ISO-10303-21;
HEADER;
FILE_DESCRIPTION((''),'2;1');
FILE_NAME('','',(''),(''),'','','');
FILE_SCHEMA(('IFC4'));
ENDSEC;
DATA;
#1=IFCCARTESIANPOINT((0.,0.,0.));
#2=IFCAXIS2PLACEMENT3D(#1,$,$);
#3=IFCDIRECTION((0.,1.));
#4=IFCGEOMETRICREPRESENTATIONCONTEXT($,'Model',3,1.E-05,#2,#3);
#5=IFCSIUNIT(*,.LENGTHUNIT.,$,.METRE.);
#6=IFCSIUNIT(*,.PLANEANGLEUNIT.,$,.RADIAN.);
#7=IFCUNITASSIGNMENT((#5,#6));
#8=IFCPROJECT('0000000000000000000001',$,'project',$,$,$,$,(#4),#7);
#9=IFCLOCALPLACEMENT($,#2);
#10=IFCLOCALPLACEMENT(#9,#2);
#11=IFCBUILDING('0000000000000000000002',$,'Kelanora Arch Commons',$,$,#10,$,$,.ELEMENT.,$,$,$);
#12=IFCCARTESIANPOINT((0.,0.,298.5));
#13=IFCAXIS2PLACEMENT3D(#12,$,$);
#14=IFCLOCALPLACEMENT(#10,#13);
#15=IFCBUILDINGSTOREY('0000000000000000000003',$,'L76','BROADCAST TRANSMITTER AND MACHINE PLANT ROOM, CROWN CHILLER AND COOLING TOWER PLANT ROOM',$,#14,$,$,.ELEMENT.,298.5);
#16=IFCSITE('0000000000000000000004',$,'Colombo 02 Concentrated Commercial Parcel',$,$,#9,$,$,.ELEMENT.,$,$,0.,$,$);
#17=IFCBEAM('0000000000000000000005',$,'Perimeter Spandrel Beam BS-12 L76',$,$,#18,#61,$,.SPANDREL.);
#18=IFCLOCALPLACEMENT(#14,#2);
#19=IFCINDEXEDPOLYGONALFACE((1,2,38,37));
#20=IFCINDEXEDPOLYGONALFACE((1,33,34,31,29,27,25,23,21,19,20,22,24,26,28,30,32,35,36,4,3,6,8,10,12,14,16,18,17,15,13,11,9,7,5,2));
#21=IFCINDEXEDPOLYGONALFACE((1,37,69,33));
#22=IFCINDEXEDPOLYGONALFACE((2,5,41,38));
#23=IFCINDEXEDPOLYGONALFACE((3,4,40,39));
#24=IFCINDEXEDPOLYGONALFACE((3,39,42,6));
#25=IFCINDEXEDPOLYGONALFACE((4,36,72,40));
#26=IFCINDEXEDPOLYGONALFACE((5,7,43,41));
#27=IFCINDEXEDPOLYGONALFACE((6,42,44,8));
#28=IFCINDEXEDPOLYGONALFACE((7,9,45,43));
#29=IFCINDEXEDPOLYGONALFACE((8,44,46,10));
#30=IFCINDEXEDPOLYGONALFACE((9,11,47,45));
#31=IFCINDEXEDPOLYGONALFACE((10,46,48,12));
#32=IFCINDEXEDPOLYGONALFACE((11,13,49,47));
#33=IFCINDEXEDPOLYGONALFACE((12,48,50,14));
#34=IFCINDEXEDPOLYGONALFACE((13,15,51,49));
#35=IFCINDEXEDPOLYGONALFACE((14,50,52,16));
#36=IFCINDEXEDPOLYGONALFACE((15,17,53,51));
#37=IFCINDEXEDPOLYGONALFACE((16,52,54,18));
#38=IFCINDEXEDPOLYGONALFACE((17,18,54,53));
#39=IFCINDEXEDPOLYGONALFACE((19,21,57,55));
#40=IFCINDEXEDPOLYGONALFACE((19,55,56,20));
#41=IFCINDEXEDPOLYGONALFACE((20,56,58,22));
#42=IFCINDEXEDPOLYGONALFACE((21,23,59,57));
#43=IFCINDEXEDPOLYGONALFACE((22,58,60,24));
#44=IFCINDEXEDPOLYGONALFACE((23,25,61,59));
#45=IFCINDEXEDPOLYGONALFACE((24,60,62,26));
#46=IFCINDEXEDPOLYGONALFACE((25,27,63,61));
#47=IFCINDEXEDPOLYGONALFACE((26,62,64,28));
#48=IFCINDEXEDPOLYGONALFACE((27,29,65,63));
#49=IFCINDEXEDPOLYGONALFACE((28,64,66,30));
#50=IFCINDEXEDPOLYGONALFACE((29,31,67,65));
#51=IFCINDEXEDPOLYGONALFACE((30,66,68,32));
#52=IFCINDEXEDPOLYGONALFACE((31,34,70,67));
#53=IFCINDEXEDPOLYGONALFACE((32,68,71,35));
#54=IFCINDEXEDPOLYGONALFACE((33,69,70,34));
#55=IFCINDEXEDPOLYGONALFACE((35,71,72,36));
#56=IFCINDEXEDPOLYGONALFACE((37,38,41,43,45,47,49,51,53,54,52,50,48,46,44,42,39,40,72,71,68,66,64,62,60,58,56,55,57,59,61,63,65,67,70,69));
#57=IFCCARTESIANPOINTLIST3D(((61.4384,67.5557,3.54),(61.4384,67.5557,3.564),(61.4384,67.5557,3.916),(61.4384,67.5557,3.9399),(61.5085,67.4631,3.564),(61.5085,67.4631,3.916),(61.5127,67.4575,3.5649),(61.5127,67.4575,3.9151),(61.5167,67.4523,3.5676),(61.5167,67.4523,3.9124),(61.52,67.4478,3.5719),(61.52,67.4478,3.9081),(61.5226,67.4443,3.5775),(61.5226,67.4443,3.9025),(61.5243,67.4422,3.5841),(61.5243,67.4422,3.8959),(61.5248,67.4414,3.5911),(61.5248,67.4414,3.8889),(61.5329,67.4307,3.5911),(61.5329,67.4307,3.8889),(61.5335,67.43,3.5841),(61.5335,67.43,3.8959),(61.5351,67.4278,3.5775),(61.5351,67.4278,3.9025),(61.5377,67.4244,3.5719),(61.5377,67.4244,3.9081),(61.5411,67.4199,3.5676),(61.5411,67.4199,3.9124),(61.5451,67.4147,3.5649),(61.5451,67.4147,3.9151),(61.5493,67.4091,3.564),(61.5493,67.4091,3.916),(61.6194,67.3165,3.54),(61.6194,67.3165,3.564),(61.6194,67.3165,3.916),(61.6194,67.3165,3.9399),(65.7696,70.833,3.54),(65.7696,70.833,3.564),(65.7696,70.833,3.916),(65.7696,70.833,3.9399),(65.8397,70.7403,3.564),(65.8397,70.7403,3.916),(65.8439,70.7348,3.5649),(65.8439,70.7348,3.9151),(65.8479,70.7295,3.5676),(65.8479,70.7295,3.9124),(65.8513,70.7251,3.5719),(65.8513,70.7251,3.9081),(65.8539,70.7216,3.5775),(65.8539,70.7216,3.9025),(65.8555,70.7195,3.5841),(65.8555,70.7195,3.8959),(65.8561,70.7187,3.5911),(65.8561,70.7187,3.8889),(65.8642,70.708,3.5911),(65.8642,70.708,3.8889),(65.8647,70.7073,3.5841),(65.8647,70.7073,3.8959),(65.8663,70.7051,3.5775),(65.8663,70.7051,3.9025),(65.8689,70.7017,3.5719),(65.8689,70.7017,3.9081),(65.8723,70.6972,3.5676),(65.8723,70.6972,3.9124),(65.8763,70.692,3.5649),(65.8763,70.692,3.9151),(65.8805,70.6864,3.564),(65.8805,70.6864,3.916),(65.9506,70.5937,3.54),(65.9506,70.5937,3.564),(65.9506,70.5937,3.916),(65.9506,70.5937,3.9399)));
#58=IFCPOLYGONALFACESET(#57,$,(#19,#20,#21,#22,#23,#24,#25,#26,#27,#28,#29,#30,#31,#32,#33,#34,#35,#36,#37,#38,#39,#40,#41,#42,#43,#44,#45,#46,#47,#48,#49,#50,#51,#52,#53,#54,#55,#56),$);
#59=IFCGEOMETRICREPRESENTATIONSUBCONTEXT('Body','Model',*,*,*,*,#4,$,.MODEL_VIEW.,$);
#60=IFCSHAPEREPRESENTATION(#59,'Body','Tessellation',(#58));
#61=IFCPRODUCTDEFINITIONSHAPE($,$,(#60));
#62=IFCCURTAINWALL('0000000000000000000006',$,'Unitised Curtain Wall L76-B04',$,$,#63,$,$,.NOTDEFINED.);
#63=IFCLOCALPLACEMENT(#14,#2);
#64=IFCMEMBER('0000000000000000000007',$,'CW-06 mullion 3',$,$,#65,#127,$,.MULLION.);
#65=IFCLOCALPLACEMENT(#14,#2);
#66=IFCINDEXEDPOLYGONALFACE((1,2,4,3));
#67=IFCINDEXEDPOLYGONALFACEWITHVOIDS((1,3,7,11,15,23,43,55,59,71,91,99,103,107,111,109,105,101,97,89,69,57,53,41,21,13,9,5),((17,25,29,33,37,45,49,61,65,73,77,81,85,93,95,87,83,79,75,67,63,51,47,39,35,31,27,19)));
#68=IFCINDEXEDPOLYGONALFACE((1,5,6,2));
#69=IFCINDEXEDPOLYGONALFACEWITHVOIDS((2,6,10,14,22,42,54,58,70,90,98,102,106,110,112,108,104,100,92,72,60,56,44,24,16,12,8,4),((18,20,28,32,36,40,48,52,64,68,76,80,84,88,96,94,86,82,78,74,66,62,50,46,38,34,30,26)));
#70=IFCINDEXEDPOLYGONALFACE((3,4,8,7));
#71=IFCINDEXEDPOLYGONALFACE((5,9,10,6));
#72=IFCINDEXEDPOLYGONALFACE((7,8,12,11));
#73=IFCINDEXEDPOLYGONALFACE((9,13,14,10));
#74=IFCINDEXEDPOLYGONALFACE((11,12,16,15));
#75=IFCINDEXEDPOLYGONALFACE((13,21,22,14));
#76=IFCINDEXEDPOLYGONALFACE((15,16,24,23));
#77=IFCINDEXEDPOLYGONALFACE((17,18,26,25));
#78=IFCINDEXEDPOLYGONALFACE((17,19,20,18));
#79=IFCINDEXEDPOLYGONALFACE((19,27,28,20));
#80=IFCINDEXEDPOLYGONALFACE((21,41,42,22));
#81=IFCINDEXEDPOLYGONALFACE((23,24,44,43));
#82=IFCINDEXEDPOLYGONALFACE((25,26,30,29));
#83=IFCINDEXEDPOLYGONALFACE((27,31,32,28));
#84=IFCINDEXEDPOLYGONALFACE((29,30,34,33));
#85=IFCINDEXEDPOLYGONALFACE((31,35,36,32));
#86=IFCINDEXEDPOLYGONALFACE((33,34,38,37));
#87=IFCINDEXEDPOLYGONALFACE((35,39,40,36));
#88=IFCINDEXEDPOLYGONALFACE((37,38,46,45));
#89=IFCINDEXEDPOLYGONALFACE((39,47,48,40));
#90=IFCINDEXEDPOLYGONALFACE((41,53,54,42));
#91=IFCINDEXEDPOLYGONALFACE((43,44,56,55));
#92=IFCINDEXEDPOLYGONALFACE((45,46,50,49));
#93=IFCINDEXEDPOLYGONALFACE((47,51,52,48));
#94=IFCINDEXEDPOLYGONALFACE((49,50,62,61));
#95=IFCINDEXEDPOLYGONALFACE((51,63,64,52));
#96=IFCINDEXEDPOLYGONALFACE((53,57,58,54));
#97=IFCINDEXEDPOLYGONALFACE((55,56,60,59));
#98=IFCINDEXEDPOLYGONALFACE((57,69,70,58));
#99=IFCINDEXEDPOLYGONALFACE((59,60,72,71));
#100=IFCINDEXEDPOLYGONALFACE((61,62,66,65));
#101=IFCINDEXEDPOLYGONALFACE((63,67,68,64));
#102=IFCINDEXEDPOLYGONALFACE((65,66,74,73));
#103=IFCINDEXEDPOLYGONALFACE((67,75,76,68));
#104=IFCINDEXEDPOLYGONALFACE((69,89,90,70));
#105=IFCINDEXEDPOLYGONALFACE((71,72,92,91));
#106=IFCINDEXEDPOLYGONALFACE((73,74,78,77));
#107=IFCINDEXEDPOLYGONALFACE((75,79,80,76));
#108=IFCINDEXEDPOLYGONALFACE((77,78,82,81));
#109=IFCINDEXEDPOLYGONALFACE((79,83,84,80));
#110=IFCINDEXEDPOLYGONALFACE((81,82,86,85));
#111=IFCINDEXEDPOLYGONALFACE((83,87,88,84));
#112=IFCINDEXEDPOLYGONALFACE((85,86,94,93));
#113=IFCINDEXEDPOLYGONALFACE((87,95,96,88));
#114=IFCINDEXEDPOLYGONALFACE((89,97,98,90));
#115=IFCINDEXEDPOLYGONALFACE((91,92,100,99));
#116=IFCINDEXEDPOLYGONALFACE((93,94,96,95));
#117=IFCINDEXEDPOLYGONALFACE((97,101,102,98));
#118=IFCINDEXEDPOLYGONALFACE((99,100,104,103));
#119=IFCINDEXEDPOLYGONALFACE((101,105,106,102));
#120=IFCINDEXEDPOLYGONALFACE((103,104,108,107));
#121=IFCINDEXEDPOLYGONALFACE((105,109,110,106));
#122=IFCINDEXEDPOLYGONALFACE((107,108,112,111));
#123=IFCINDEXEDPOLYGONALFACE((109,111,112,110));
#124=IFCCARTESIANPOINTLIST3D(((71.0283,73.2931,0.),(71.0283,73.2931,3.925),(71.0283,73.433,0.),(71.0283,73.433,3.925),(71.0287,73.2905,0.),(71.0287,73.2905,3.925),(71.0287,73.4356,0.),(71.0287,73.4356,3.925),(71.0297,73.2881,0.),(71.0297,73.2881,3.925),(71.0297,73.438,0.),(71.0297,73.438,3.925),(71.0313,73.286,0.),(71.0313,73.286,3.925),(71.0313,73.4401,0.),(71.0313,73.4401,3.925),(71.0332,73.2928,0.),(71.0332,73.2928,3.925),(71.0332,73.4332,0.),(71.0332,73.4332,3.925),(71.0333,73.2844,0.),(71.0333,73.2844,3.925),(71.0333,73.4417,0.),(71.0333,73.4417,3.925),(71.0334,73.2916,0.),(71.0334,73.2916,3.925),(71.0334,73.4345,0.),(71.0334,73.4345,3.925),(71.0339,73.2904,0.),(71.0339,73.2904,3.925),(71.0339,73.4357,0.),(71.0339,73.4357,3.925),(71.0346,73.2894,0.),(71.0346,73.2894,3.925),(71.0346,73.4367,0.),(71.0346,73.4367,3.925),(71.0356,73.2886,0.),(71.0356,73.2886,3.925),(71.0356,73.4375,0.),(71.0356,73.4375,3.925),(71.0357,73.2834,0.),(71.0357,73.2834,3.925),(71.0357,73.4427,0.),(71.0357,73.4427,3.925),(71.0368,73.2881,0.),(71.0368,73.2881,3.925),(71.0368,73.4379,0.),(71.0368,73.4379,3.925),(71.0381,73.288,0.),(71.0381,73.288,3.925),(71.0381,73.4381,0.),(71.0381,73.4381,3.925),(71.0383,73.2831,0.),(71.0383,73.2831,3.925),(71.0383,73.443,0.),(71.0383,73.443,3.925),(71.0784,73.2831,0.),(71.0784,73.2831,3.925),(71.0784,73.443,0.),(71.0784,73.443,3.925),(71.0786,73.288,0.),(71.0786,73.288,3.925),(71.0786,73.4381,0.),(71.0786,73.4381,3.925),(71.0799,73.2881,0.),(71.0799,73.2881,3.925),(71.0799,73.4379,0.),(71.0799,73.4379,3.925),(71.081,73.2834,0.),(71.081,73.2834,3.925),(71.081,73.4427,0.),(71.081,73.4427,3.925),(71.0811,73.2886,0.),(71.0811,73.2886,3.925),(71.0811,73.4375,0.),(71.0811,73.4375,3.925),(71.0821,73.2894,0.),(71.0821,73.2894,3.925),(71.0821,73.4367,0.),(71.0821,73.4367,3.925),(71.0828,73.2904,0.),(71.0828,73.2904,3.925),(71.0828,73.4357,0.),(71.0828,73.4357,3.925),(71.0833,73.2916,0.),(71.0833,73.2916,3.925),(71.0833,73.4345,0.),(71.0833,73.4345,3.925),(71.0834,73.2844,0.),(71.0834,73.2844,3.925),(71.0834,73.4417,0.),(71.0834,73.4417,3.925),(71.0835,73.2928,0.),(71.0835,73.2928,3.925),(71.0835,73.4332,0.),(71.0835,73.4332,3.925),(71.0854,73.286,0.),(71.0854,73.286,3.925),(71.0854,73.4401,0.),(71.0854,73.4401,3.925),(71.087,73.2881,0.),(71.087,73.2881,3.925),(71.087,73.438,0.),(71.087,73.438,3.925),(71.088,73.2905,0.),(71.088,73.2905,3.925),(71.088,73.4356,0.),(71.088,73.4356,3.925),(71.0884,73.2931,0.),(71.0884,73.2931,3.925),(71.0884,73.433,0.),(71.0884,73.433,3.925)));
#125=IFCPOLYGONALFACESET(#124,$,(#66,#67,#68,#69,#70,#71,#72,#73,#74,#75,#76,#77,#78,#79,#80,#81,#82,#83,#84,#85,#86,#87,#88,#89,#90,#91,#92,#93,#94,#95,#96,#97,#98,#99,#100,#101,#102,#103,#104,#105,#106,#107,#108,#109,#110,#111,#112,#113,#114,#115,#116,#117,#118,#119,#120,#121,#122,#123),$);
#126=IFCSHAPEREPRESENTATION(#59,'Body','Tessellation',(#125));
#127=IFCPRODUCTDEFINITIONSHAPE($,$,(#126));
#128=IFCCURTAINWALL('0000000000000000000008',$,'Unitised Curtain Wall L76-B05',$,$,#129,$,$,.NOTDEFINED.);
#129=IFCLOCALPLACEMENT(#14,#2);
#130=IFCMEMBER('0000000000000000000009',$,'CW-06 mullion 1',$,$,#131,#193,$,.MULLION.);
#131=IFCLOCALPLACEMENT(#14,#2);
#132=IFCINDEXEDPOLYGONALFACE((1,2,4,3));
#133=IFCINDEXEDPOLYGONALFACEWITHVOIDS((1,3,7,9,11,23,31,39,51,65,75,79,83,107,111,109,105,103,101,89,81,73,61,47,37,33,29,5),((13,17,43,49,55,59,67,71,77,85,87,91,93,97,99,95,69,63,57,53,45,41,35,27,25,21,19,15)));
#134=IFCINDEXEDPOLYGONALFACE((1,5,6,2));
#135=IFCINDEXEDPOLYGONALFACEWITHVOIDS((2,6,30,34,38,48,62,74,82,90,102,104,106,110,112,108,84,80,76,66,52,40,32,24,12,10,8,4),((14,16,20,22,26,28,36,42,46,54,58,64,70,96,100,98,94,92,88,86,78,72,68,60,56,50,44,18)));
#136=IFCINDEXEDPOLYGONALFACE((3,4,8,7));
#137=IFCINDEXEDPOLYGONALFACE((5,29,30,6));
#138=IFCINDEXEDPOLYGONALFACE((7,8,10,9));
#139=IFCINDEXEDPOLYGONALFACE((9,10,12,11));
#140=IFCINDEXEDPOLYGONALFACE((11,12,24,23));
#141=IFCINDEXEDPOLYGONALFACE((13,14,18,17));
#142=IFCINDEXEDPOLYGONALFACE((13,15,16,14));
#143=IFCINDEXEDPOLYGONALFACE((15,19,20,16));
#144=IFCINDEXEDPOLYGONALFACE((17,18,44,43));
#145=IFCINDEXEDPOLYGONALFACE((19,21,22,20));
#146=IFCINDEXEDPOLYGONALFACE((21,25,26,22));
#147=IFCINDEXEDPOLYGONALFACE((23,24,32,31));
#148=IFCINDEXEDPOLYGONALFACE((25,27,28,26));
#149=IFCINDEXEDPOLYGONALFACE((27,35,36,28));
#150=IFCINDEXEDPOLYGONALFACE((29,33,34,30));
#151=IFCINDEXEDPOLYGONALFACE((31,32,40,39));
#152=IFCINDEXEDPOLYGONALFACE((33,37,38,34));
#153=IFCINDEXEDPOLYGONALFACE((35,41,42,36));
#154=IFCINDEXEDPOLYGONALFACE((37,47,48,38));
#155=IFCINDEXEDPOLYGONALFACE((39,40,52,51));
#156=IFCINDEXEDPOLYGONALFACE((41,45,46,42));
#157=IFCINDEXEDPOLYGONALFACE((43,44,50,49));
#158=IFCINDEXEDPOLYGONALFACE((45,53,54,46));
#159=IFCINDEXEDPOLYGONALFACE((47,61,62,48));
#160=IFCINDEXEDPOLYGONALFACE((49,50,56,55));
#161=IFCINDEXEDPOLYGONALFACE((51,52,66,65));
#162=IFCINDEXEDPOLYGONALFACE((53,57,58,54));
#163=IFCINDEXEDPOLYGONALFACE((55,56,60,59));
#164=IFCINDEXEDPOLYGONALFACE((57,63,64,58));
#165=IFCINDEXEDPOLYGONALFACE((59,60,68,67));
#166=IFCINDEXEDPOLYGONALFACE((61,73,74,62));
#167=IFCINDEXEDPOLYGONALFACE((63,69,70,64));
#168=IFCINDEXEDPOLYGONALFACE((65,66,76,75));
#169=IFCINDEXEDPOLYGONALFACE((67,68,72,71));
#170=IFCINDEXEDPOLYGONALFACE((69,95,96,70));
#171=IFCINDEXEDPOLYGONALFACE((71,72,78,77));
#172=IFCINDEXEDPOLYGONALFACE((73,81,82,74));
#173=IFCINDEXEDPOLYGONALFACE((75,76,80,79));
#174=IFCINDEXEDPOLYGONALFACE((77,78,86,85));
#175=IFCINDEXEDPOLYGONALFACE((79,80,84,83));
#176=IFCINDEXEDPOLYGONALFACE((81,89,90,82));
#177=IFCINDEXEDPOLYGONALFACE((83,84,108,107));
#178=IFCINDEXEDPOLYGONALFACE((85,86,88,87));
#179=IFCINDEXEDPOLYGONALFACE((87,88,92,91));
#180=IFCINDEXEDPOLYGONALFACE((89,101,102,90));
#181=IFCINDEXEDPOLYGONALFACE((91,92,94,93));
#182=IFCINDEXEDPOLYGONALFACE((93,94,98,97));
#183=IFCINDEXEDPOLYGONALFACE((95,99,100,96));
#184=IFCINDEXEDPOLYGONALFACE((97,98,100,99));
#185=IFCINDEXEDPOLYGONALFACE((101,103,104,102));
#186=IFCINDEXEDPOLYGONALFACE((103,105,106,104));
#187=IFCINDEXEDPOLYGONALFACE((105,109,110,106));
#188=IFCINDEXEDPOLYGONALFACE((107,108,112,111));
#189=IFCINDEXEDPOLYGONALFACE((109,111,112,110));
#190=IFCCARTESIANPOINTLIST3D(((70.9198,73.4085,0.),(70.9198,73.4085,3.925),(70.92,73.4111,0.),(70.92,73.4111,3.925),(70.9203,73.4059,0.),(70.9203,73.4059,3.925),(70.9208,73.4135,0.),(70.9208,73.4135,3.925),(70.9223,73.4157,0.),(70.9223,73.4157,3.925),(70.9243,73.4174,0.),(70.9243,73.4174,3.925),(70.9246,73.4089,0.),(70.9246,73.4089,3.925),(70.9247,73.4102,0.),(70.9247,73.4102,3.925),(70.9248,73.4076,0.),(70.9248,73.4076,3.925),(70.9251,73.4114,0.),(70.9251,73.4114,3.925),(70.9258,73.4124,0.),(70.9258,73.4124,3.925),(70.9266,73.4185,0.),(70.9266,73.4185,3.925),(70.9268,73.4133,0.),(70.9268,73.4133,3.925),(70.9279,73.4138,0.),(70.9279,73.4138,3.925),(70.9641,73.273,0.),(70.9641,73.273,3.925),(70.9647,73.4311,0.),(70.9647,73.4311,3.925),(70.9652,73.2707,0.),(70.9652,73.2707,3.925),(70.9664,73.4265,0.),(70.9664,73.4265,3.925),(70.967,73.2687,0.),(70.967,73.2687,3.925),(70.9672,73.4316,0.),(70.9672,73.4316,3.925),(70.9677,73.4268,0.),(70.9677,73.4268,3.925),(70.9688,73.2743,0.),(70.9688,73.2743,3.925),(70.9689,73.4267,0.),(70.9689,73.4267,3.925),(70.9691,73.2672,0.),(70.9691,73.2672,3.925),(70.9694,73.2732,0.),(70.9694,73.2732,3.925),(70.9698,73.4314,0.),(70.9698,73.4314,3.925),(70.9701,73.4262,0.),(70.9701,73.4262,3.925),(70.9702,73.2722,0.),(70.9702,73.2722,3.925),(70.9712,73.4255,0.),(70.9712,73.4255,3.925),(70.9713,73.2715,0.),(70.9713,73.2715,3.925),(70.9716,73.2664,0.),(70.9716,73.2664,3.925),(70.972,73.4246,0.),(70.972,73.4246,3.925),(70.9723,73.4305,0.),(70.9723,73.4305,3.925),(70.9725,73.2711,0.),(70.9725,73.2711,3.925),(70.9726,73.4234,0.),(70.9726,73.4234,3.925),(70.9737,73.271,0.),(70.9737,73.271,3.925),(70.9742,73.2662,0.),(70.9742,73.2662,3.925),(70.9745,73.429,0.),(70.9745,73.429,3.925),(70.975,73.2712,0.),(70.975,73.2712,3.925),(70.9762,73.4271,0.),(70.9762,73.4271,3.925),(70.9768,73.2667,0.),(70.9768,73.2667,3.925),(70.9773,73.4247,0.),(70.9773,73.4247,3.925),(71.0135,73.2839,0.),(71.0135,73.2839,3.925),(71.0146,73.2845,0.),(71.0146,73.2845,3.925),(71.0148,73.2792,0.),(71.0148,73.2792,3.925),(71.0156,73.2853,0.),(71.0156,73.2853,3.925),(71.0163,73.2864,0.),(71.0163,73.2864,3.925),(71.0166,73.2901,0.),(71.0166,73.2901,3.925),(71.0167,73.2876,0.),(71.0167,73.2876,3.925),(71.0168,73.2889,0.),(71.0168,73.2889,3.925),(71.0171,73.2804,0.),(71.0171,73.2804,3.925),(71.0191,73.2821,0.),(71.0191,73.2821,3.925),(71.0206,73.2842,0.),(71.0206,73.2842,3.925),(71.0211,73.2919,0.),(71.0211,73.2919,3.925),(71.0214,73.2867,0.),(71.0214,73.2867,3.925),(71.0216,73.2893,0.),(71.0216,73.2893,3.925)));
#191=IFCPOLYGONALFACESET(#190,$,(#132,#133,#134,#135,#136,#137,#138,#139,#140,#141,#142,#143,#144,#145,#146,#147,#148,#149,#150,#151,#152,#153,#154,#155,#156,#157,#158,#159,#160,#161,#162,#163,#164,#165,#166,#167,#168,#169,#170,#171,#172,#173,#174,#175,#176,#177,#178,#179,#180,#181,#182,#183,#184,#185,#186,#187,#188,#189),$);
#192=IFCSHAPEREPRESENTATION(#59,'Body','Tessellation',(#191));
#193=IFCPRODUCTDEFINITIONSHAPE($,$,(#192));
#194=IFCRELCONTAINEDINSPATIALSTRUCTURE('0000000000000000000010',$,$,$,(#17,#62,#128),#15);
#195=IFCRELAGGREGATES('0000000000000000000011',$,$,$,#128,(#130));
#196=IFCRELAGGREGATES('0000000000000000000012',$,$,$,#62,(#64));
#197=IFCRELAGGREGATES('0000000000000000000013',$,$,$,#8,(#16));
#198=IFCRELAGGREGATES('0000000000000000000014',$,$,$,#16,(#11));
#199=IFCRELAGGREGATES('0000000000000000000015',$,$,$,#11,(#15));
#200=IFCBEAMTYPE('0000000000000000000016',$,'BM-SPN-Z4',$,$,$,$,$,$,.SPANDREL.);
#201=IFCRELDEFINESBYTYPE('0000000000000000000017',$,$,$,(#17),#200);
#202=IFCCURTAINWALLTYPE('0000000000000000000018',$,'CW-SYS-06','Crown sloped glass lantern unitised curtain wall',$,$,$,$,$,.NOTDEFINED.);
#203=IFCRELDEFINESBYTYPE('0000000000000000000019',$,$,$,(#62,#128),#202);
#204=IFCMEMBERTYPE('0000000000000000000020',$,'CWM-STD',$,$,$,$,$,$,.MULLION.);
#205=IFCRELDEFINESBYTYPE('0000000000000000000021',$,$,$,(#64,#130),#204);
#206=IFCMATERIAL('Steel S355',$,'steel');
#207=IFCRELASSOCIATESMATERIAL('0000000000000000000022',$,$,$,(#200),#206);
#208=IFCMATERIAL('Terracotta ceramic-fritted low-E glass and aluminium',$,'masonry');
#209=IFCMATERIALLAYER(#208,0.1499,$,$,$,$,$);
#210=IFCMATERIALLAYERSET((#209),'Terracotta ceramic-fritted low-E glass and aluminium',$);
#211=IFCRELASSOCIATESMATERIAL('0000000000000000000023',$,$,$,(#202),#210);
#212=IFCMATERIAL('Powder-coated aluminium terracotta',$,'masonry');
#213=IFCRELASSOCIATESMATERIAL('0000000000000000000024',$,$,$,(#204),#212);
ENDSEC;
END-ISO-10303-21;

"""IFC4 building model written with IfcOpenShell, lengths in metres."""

from ifc_helpers import new_model, si_unit, direction, frame, origin, origin_2d, place, context, subcontext, project, spatial, hollow_rectangle, i_section, extrude, material, layer, layer_set, material_profile, profile_set, type_object, element, aggregate, save


model = new_model("IFC4")

# Units and contexts
model_context = context("Model", 3, precision=1e-05, world=origin(), true_north=direction((0.0, 1.0)))
body_context = subcontext(model_context, "Body", "Model", "MODEL_VIEW")
ifc_project = project(units=[si_unit("LENGTHUNIT", "METRE"), si_unit("PLANEANGLEUNIT", "RADIAN")], contexts=[model_context])

# Site, building, storey
site_placement = place(None, origin())
site = spatial("IfcSite", under=ifc_project, at=site_placement, Name="Colombo 02 Concentrated Commercial Parcel", CompositionType="ELEMENT", RefElevation=0.0)
building_placement = place(site_placement, origin())
building = spatial("IfcBuilding", under=site, at=building_placement, Name="Kelanora Arch Commons", CompositionType="ELEMENT")
storey_placement = place(building_placement, frame((0.0, 0.0, 298.5)))
storey = spatial("IfcBuildingStorey", under=building, at=storey_placement, Name="L76", Description="BROADCAST TRANSMITTER AND MACHINE PLANT ROOM, CROWN CHILLER AND COOLING TOWER PLANT ROOM", CompositionType="ELEMENT", Elevation=298.5)

# Beam
ifc_material_1 = material(Name="Steel S355", Category="steel")
ifc_material_profile_1 = material_profile(ifc_material_1, i_section(OverallWidth=0.3, OverallDepth=0.3999, WebThickness=0.0134, FlangeThickness=0.0239, FilletRadius=0.0271, at=origin_2d()), Name="HEB400")
ifc_profile_set_1 = profile_set([ifc_material_profile_1], Name="Steel S355")
beam_type_1 = type_object("IfcBeamType", Name="BM-SPN-Z4", PredefinedType="SPANDREL", material=ifc_profile_set_1)
beam_1_placement = place(storey_placement, frame((65.8601, 70.7134, 3.74), z_axis=(-0.797441, -0.603396, 0.0), x_axis=(0.603396, -0.797441, 0.0)))
element("IfcBeam", 1, at=beam_1_placement, inside=storey, type_object=beam_type_1, Name="Perimeter Spandrel Beam BS-12 L76", PredefinedType="SPANDREL", context=body_context, shape_type="SweptSolid", body=[
    extrude(i_section(OverallWidth=0.3, OverallDepth=0.3999, WebThickness=0.0134, FlangeThickness=0.0239, FilletRadius=0.0271, at=origin_2d()), origin(), (0.0, 0.0, 1.0), 5.4314),
])

# Curtain walls, members
ifc_material_2 = material(Name="Terracotta ceramic-fritted low-E glass and aluminium", Category="masonry")
ifc_layer_1 = layer(ifc_material_2, 0.1499)
ifc_layer_set_1 = layer_set([ifc_layer_1], Name="Terracotta ceramic-fritted low-E glass and aluminium")
curtain_wall_type = type_object("IfcCurtainWallType", Name="CW-SYS-06", Description="Crown sloped glass lantern unitised curtain wall", PredefinedType="NOTDEFINED", material=ifc_layer_set_1)
curtain_wall_1_placement = place(storey_placement, origin())
curtain_wall_1 = element("IfcCurtainWall", 2, at=curtain_wall_1_placement, inside=storey, type_object=curtain_wall_type, Name="Unitised Curtain Wall L76-B04", PredefinedType="NOTDEFINED")
ifc_material_3 = material(Name="Powder-coated aluminium terracotta", Category="masonry")
ifc_material_profile_2 = material_profile(ifc_material_3, hollow_rectangle(XDim=0.1599, YDim=0.0601, WallThickness=0.0049, InnerFilletRadius=0.0049, OuterFilletRadius=0.01, at=origin_2d()), Name="CWM160x60")
ifc_profile_set_2 = profile_set([ifc_material_profile_2], Name="Powder-coated aluminium terracotta")
member_type_1 = type_object("IfcMemberType", Name="CWM-STD", PredefinedType="MULLION", material=ifc_profile_set_2)
member_1_placement = place(storey_placement, frame((71.0583, 73.363, 0.0), z_axis=(0.0, 0.0, 1.0), x_axis=(0.0, -1.0, 0.0)))
member_1 = element("IfcMember", 3, at=member_1_placement, type_object=member_type_1, Name="CW-06 mullion 3", PredefinedType="MULLION", context=body_context, shape_type="SweptSolid", body=[
    extrude(hollow_rectangle(XDim=0.1599, YDim=0.0601, WallThickness=0.0049, InnerFilletRadius=0.0049, OuterFilletRadius=0.01, at=origin_2d()), origin(), (0.0, 0.0, 1.0), 3.925),
])
curtain_wall_2_placement = place(storey_placement, origin())
curtain_wall_2 = element("IfcCurtainWall", 4, at=curtain_wall_2_placement, inside=storey, type_object=curtain_wall_type, Name="Unitised Curtain Wall L76-B05", PredefinedType="NOTDEFINED")
member_2_placement = place(storey_placement, frame((70.9707, 73.3489, 0.0), z_axis=(0.0, 0.0, 1.0), x_axis=(0.313467, -0.949599, 0.0)))
member_2 = element("IfcMember", 5, at=member_2_placement, type_object=member_type_1, Name="CW-06 mullion 1", PredefinedType="MULLION", context=body_context, shape_type="SweptSolid", body=[
    extrude(hollow_rectangle(XDim=0.1599, YDim=0.0601, WallThickness=0.0049, InnerFilletRadius=0.0049, OuterFilletRadius=0.01, at=origin_2d()), origin(), (0.0, 0.0, 1.0), 3.925),
])

aggregate(curtain_wall_2, [member_2])
aggregate(curtain_wall_1, [member_1])

save(model, "model.ifc")
